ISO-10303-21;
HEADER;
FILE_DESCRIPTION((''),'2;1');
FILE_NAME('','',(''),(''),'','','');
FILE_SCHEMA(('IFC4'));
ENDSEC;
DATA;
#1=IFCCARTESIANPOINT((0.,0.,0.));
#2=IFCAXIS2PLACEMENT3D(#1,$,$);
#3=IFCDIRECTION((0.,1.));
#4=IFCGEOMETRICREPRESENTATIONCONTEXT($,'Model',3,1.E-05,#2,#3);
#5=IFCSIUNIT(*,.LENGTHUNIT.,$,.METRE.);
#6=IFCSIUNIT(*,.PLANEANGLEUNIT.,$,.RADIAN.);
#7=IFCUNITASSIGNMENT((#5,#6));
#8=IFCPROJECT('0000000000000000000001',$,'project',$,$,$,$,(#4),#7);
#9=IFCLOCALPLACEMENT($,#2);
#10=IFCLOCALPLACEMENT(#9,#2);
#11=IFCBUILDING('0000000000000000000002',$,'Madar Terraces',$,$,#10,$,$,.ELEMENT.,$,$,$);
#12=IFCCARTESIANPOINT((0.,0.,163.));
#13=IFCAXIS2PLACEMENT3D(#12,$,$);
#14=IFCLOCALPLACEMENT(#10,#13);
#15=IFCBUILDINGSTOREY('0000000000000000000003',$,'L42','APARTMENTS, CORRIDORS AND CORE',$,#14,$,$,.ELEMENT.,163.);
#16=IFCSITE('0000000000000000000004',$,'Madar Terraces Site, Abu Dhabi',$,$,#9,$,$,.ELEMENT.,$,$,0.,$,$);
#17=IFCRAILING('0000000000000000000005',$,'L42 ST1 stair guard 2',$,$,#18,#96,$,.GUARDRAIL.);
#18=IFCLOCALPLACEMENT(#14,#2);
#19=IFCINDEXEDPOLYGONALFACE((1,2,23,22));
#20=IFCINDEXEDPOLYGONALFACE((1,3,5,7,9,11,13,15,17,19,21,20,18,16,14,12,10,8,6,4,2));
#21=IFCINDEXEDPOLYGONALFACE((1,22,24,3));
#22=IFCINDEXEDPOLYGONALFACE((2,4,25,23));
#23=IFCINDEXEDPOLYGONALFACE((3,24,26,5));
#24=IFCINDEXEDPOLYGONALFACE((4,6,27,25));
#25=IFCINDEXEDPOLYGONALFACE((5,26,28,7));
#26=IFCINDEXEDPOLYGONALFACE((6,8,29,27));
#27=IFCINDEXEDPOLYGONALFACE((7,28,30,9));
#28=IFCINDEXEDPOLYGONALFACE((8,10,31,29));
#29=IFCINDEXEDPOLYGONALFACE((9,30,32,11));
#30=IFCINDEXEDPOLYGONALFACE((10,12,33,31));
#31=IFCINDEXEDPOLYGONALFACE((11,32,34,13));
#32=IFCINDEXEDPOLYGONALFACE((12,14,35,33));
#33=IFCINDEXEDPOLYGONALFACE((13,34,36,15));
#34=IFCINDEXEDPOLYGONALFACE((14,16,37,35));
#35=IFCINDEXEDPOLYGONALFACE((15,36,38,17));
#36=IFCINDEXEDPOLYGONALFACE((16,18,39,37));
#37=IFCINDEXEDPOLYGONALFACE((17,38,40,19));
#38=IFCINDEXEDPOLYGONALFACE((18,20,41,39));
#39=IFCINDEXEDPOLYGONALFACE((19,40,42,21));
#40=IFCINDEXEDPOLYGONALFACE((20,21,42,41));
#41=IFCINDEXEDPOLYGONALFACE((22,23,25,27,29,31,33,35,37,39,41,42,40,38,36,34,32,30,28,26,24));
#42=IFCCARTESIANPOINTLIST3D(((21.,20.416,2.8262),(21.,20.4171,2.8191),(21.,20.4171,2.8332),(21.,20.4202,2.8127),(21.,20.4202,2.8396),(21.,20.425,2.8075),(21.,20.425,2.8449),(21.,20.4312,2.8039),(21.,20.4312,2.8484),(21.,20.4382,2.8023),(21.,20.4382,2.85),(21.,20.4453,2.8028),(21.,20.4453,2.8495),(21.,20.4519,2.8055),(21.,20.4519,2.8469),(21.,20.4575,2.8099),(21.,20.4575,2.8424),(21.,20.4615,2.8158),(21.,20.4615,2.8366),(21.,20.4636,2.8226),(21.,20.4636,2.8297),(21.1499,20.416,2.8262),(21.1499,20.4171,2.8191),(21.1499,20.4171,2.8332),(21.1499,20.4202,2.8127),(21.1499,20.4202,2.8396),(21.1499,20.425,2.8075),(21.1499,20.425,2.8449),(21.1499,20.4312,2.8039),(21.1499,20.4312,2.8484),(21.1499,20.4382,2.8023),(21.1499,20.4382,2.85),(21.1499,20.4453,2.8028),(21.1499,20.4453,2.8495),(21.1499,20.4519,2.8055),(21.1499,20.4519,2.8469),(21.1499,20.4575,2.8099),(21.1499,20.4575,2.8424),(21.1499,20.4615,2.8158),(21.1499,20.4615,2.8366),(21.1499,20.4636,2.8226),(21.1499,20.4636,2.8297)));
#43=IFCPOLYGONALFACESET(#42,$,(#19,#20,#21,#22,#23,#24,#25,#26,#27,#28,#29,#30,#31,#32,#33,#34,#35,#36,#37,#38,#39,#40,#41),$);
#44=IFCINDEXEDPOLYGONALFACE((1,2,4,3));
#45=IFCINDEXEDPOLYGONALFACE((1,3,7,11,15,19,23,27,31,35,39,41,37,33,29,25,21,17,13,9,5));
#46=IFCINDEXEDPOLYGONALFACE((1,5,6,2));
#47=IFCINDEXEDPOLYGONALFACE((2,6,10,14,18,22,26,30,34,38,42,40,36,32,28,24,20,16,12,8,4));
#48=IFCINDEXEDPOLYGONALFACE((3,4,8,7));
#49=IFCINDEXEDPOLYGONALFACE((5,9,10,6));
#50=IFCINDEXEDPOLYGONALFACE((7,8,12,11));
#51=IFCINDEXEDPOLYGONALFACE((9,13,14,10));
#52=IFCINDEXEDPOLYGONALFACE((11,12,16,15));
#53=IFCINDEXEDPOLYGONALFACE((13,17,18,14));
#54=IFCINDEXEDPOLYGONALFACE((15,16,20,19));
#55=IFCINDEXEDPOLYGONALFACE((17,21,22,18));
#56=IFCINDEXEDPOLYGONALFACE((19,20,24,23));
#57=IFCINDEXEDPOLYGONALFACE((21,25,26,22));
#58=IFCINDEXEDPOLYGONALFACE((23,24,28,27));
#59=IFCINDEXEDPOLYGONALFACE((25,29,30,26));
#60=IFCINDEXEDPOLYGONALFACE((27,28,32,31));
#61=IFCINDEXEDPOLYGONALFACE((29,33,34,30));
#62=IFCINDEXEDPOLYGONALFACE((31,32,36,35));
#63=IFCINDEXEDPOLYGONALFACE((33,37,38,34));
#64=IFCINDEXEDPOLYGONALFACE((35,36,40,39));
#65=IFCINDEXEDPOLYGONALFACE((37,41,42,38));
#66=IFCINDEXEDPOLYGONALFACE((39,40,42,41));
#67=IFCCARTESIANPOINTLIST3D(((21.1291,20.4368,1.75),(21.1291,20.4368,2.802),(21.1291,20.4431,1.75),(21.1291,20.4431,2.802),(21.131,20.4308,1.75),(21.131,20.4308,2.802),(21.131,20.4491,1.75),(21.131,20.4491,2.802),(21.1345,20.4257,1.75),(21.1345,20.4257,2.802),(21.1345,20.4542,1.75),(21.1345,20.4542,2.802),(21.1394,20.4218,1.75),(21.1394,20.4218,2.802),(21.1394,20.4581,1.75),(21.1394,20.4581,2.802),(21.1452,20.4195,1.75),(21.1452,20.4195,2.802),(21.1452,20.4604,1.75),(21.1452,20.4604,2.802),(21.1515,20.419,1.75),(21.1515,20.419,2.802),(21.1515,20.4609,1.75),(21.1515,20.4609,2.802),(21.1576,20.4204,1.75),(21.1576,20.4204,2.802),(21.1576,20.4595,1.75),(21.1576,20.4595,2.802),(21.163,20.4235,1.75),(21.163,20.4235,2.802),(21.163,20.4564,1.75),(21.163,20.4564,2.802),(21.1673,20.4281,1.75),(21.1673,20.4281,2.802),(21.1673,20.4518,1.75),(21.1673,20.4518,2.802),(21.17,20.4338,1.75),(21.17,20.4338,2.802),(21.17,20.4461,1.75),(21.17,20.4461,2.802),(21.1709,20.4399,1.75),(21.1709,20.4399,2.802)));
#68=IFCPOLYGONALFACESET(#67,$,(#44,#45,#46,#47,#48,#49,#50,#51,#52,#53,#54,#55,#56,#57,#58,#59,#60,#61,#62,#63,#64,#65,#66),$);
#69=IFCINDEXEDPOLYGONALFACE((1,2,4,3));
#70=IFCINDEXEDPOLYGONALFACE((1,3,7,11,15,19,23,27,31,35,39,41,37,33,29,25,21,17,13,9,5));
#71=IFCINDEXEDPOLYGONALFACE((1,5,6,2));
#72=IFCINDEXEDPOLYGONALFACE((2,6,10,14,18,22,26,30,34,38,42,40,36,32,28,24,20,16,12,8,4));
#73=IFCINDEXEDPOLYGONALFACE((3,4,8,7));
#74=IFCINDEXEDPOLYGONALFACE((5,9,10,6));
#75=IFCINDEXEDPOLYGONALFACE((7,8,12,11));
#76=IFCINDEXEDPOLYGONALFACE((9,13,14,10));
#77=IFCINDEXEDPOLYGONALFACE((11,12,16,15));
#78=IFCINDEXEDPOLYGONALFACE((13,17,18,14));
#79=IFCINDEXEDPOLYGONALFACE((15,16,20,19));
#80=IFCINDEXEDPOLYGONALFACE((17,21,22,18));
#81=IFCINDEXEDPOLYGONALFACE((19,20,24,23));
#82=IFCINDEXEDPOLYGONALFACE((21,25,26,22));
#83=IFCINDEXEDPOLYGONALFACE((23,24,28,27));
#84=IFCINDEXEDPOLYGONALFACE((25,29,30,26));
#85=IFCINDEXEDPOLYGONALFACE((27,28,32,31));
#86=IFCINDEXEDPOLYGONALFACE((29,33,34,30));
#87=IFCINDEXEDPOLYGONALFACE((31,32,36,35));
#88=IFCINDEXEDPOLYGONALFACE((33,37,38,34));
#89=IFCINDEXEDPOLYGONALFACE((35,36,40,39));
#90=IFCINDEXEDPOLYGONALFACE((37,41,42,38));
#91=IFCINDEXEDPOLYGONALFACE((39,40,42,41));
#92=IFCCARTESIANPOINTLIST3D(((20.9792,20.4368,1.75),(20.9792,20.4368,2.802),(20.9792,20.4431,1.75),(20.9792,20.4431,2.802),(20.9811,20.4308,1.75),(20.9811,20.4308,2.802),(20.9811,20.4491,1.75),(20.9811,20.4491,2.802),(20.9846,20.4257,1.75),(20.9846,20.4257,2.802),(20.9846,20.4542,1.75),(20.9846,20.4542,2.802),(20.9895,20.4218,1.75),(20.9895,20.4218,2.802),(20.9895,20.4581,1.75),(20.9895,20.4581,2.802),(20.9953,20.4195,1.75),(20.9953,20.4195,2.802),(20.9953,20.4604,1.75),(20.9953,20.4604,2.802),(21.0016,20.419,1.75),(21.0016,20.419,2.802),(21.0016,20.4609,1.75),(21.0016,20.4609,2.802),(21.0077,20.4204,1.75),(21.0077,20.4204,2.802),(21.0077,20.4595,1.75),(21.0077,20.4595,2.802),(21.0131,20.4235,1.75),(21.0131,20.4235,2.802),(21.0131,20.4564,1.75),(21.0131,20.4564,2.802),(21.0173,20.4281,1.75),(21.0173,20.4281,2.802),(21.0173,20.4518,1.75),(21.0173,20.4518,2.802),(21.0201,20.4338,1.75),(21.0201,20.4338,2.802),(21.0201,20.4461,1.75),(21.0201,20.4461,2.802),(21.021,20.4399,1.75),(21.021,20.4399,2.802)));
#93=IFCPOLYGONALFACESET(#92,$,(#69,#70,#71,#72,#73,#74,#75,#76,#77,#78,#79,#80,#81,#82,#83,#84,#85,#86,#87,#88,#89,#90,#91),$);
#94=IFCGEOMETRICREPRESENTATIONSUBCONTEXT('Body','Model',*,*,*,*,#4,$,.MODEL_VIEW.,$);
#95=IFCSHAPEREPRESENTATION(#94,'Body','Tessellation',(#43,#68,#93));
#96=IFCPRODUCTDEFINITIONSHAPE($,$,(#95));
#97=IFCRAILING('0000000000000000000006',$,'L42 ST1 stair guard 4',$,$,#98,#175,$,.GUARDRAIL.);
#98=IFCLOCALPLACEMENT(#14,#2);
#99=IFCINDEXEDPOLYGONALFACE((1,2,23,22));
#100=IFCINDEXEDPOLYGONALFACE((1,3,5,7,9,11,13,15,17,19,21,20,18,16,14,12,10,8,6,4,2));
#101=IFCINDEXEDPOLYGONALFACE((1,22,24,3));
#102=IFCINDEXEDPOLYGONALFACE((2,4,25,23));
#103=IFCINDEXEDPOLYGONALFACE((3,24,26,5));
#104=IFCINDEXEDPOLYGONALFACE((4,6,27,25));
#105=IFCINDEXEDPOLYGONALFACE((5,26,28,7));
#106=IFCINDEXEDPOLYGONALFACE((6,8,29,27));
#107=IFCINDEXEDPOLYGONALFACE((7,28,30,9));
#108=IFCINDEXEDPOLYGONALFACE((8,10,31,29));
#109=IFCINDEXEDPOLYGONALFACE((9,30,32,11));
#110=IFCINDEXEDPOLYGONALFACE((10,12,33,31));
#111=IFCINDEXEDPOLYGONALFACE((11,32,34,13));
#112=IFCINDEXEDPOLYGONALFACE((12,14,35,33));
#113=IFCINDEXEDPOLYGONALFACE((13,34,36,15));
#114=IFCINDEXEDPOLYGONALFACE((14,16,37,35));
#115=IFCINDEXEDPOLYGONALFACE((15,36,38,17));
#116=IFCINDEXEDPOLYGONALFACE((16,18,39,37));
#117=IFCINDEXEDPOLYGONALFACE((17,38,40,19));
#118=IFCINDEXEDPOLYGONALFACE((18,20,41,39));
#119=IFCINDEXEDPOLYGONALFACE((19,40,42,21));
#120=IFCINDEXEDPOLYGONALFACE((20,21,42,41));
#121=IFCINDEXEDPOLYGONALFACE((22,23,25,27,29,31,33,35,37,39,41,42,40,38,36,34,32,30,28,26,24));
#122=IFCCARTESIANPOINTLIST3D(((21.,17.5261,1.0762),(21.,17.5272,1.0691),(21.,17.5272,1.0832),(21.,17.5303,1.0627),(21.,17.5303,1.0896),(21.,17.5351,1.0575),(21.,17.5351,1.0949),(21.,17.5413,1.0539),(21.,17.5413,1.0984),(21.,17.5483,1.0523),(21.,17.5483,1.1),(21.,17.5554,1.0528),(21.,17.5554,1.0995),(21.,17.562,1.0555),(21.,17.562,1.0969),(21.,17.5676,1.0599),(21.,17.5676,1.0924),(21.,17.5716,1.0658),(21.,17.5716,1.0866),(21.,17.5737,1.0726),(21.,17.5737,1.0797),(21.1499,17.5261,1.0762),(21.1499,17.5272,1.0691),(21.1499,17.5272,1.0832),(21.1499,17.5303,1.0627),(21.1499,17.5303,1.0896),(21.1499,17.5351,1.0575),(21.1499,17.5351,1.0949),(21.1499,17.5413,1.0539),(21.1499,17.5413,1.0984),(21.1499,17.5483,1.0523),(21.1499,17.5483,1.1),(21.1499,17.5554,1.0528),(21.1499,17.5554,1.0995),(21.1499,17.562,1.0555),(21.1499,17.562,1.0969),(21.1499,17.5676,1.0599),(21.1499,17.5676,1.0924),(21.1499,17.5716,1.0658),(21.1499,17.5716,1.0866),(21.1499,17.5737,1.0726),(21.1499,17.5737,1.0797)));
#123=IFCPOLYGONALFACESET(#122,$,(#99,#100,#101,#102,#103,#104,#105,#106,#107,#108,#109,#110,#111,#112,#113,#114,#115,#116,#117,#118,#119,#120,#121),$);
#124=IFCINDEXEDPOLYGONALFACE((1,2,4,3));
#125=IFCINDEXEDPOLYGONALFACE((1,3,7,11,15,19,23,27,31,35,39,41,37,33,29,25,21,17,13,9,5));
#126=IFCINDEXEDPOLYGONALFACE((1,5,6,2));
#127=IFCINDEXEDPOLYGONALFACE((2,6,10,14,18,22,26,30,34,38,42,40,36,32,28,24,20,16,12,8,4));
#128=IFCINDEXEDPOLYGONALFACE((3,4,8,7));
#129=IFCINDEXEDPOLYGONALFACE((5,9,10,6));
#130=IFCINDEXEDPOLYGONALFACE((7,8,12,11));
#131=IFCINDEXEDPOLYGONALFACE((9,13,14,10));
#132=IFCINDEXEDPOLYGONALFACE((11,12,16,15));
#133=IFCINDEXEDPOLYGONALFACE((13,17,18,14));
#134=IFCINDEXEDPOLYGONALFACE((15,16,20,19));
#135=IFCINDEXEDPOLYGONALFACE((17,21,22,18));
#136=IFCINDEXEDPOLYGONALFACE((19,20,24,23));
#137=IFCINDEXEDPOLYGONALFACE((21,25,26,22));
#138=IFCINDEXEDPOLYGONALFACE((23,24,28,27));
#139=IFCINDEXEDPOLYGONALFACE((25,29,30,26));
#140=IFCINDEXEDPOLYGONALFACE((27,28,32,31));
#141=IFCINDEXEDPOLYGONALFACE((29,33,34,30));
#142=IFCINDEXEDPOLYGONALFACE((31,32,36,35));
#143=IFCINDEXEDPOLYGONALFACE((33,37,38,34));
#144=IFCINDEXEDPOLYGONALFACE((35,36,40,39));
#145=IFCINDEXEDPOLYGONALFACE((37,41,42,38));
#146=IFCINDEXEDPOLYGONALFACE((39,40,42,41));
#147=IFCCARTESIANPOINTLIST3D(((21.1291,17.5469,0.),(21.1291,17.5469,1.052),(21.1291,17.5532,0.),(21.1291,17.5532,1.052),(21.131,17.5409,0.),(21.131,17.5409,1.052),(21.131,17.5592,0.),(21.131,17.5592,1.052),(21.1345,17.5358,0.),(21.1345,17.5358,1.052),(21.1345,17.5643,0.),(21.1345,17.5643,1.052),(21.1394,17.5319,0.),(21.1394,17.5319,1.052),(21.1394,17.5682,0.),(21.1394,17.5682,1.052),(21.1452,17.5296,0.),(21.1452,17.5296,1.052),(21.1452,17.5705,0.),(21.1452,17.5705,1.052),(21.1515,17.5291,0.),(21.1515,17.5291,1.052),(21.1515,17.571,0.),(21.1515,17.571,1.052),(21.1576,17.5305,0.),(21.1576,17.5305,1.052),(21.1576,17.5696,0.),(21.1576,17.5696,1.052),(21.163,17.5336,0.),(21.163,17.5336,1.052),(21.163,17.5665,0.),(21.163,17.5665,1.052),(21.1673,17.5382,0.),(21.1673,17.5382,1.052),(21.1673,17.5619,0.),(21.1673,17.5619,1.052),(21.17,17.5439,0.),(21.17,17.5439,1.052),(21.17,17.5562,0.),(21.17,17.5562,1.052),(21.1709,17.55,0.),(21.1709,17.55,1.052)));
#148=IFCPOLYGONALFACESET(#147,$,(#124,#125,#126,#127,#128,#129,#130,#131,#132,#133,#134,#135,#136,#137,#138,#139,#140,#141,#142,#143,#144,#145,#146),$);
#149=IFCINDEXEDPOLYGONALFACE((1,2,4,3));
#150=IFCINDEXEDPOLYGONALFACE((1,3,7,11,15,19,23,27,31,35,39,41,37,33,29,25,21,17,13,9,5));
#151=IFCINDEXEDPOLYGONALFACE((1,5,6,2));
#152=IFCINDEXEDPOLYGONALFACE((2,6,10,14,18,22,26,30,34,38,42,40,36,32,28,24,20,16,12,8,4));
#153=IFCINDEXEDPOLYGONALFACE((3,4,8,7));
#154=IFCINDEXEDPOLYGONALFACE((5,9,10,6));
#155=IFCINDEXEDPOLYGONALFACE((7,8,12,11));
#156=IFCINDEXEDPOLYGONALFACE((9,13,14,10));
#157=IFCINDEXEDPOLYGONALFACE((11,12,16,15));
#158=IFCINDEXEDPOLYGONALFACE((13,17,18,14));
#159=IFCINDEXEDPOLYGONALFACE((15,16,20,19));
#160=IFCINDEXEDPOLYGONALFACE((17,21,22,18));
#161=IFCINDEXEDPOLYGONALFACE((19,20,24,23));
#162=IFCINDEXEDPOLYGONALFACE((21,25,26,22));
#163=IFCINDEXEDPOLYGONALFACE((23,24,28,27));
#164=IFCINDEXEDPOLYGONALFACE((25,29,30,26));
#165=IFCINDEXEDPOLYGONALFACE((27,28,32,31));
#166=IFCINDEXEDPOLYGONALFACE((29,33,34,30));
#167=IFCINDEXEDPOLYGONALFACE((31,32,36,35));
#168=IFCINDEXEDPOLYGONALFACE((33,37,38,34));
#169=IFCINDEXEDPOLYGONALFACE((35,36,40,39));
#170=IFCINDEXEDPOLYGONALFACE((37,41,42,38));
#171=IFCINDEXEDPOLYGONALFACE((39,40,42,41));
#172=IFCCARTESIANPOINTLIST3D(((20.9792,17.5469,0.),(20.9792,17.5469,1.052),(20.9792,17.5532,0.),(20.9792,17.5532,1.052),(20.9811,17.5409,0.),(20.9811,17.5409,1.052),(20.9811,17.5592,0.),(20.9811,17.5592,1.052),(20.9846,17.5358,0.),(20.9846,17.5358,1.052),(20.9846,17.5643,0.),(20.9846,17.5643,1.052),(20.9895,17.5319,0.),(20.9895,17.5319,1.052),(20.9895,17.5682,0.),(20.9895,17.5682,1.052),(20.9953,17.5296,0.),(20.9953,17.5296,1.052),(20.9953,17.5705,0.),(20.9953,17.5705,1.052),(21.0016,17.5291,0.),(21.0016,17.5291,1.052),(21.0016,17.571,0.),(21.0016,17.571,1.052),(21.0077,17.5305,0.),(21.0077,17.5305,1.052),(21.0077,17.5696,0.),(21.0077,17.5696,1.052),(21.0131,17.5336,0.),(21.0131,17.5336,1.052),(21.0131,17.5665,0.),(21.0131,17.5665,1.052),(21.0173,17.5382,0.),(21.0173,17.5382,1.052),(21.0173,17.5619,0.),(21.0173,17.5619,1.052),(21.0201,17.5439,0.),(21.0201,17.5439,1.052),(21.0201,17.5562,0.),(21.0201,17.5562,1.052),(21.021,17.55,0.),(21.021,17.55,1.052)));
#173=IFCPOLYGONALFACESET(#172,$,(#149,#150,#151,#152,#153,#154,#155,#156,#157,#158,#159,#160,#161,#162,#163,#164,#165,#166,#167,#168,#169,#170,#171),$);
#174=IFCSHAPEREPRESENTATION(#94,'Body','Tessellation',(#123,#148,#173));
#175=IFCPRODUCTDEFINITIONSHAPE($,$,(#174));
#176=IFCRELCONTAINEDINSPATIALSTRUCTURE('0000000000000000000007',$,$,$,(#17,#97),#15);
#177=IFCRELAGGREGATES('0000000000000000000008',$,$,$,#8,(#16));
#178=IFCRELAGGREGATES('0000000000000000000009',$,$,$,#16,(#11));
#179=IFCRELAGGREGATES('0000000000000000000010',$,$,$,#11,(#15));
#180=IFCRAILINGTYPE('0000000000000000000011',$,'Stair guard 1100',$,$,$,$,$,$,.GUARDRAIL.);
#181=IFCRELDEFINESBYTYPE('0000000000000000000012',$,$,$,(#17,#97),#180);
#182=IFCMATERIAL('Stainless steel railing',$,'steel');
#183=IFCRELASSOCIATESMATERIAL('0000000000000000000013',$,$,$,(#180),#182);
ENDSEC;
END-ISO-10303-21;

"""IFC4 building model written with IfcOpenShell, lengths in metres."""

from ifc_helpers import new_model, si_unit, direction, frame, origin, origin_2d, place, context, subcontext, project, spatial, circle, extrude, material, type_object, element, save


model = new_model("IFC4")

# Units and contexts
model_context = context("Model", 3, precision=1e-05, world=origin(), true_north=direction((0.0, 1.0)))
body_context = subcontext(model_context, "Body", "Model", "MODEL_VIEW")
ifc_project = project(units=[si_unit("LENGTHUNIT", "METRE"), si_unit("PLANEANGLEUNIT", "RADIAN")], contexts=[model_context])

# Site, building, storey
site_placement = place(None, origin())
site = spatial("IfcSite", under=ifc_project, at=site_placement, Name="Madar Terraces Site, Abu Dhabi", CompositionType="ELEMENT", RefElevation=0.0)
building_placement = place(site_placement, origin())
building = spatial("IfcBuilding", under=site, at=building_placement, Name="Madar Terraces", CompositionType="ELEMENT")
storey_placement = place(building_placement, frame((0.0, 0.0, 163.0)))
storey = spatial("IfcBuildingStorey", under=building, at=storey_placement, Name="L42", Description="APARTMENTS, CORRIDORS AND CORE", CompositionType="ELEMENT", Elevation=163.0)

# Railings
ifc_material_1 = material(Name="Stainless steel railing", Category="steel")
railing_type_1 = type_object("IfcRailingType", Name="Stair guard 1100", PredefinedType="GUARDRAIL", material=ifc_material_1)
for number, where, name in (
    (1, (21.1499, 20.4399, 1.75), "L42 ST1 stair guard 2"),
    (2, (21.1499, 17.55, 0.0), "L42 ST1 stair guard 4"),
):
    element("IfcRailing", number, at=place(storey_placement, frame(where)), inside=storey, type_object=railing_type_1, Name=name, PredefinedType="GUARDRAIL", context=body_context, shape_type="SweptSolid", body=[
        extrude(circle(Radius=0.0239, at=origin_2d()), frame((0.0, 0.0, 1.0762), z_axis=(-1.0, 0.0, 0.0), x_axis=(0.0, -1.0, 0.0)), (0.0, 0.0, 1.0), 0.1499),
        extrude(circle(Radius=0.021, at=origin_2d()), origin(), (0.0, 0.0, 1.0), 1.052),
        extrude(circle(Radius=0.021, at=origin_2d()), frame((-0.1499, 0.0, 0.0)), (0.0, 0.0, 1.0), 1.052),
    ])

save(model, "model.ifc")
